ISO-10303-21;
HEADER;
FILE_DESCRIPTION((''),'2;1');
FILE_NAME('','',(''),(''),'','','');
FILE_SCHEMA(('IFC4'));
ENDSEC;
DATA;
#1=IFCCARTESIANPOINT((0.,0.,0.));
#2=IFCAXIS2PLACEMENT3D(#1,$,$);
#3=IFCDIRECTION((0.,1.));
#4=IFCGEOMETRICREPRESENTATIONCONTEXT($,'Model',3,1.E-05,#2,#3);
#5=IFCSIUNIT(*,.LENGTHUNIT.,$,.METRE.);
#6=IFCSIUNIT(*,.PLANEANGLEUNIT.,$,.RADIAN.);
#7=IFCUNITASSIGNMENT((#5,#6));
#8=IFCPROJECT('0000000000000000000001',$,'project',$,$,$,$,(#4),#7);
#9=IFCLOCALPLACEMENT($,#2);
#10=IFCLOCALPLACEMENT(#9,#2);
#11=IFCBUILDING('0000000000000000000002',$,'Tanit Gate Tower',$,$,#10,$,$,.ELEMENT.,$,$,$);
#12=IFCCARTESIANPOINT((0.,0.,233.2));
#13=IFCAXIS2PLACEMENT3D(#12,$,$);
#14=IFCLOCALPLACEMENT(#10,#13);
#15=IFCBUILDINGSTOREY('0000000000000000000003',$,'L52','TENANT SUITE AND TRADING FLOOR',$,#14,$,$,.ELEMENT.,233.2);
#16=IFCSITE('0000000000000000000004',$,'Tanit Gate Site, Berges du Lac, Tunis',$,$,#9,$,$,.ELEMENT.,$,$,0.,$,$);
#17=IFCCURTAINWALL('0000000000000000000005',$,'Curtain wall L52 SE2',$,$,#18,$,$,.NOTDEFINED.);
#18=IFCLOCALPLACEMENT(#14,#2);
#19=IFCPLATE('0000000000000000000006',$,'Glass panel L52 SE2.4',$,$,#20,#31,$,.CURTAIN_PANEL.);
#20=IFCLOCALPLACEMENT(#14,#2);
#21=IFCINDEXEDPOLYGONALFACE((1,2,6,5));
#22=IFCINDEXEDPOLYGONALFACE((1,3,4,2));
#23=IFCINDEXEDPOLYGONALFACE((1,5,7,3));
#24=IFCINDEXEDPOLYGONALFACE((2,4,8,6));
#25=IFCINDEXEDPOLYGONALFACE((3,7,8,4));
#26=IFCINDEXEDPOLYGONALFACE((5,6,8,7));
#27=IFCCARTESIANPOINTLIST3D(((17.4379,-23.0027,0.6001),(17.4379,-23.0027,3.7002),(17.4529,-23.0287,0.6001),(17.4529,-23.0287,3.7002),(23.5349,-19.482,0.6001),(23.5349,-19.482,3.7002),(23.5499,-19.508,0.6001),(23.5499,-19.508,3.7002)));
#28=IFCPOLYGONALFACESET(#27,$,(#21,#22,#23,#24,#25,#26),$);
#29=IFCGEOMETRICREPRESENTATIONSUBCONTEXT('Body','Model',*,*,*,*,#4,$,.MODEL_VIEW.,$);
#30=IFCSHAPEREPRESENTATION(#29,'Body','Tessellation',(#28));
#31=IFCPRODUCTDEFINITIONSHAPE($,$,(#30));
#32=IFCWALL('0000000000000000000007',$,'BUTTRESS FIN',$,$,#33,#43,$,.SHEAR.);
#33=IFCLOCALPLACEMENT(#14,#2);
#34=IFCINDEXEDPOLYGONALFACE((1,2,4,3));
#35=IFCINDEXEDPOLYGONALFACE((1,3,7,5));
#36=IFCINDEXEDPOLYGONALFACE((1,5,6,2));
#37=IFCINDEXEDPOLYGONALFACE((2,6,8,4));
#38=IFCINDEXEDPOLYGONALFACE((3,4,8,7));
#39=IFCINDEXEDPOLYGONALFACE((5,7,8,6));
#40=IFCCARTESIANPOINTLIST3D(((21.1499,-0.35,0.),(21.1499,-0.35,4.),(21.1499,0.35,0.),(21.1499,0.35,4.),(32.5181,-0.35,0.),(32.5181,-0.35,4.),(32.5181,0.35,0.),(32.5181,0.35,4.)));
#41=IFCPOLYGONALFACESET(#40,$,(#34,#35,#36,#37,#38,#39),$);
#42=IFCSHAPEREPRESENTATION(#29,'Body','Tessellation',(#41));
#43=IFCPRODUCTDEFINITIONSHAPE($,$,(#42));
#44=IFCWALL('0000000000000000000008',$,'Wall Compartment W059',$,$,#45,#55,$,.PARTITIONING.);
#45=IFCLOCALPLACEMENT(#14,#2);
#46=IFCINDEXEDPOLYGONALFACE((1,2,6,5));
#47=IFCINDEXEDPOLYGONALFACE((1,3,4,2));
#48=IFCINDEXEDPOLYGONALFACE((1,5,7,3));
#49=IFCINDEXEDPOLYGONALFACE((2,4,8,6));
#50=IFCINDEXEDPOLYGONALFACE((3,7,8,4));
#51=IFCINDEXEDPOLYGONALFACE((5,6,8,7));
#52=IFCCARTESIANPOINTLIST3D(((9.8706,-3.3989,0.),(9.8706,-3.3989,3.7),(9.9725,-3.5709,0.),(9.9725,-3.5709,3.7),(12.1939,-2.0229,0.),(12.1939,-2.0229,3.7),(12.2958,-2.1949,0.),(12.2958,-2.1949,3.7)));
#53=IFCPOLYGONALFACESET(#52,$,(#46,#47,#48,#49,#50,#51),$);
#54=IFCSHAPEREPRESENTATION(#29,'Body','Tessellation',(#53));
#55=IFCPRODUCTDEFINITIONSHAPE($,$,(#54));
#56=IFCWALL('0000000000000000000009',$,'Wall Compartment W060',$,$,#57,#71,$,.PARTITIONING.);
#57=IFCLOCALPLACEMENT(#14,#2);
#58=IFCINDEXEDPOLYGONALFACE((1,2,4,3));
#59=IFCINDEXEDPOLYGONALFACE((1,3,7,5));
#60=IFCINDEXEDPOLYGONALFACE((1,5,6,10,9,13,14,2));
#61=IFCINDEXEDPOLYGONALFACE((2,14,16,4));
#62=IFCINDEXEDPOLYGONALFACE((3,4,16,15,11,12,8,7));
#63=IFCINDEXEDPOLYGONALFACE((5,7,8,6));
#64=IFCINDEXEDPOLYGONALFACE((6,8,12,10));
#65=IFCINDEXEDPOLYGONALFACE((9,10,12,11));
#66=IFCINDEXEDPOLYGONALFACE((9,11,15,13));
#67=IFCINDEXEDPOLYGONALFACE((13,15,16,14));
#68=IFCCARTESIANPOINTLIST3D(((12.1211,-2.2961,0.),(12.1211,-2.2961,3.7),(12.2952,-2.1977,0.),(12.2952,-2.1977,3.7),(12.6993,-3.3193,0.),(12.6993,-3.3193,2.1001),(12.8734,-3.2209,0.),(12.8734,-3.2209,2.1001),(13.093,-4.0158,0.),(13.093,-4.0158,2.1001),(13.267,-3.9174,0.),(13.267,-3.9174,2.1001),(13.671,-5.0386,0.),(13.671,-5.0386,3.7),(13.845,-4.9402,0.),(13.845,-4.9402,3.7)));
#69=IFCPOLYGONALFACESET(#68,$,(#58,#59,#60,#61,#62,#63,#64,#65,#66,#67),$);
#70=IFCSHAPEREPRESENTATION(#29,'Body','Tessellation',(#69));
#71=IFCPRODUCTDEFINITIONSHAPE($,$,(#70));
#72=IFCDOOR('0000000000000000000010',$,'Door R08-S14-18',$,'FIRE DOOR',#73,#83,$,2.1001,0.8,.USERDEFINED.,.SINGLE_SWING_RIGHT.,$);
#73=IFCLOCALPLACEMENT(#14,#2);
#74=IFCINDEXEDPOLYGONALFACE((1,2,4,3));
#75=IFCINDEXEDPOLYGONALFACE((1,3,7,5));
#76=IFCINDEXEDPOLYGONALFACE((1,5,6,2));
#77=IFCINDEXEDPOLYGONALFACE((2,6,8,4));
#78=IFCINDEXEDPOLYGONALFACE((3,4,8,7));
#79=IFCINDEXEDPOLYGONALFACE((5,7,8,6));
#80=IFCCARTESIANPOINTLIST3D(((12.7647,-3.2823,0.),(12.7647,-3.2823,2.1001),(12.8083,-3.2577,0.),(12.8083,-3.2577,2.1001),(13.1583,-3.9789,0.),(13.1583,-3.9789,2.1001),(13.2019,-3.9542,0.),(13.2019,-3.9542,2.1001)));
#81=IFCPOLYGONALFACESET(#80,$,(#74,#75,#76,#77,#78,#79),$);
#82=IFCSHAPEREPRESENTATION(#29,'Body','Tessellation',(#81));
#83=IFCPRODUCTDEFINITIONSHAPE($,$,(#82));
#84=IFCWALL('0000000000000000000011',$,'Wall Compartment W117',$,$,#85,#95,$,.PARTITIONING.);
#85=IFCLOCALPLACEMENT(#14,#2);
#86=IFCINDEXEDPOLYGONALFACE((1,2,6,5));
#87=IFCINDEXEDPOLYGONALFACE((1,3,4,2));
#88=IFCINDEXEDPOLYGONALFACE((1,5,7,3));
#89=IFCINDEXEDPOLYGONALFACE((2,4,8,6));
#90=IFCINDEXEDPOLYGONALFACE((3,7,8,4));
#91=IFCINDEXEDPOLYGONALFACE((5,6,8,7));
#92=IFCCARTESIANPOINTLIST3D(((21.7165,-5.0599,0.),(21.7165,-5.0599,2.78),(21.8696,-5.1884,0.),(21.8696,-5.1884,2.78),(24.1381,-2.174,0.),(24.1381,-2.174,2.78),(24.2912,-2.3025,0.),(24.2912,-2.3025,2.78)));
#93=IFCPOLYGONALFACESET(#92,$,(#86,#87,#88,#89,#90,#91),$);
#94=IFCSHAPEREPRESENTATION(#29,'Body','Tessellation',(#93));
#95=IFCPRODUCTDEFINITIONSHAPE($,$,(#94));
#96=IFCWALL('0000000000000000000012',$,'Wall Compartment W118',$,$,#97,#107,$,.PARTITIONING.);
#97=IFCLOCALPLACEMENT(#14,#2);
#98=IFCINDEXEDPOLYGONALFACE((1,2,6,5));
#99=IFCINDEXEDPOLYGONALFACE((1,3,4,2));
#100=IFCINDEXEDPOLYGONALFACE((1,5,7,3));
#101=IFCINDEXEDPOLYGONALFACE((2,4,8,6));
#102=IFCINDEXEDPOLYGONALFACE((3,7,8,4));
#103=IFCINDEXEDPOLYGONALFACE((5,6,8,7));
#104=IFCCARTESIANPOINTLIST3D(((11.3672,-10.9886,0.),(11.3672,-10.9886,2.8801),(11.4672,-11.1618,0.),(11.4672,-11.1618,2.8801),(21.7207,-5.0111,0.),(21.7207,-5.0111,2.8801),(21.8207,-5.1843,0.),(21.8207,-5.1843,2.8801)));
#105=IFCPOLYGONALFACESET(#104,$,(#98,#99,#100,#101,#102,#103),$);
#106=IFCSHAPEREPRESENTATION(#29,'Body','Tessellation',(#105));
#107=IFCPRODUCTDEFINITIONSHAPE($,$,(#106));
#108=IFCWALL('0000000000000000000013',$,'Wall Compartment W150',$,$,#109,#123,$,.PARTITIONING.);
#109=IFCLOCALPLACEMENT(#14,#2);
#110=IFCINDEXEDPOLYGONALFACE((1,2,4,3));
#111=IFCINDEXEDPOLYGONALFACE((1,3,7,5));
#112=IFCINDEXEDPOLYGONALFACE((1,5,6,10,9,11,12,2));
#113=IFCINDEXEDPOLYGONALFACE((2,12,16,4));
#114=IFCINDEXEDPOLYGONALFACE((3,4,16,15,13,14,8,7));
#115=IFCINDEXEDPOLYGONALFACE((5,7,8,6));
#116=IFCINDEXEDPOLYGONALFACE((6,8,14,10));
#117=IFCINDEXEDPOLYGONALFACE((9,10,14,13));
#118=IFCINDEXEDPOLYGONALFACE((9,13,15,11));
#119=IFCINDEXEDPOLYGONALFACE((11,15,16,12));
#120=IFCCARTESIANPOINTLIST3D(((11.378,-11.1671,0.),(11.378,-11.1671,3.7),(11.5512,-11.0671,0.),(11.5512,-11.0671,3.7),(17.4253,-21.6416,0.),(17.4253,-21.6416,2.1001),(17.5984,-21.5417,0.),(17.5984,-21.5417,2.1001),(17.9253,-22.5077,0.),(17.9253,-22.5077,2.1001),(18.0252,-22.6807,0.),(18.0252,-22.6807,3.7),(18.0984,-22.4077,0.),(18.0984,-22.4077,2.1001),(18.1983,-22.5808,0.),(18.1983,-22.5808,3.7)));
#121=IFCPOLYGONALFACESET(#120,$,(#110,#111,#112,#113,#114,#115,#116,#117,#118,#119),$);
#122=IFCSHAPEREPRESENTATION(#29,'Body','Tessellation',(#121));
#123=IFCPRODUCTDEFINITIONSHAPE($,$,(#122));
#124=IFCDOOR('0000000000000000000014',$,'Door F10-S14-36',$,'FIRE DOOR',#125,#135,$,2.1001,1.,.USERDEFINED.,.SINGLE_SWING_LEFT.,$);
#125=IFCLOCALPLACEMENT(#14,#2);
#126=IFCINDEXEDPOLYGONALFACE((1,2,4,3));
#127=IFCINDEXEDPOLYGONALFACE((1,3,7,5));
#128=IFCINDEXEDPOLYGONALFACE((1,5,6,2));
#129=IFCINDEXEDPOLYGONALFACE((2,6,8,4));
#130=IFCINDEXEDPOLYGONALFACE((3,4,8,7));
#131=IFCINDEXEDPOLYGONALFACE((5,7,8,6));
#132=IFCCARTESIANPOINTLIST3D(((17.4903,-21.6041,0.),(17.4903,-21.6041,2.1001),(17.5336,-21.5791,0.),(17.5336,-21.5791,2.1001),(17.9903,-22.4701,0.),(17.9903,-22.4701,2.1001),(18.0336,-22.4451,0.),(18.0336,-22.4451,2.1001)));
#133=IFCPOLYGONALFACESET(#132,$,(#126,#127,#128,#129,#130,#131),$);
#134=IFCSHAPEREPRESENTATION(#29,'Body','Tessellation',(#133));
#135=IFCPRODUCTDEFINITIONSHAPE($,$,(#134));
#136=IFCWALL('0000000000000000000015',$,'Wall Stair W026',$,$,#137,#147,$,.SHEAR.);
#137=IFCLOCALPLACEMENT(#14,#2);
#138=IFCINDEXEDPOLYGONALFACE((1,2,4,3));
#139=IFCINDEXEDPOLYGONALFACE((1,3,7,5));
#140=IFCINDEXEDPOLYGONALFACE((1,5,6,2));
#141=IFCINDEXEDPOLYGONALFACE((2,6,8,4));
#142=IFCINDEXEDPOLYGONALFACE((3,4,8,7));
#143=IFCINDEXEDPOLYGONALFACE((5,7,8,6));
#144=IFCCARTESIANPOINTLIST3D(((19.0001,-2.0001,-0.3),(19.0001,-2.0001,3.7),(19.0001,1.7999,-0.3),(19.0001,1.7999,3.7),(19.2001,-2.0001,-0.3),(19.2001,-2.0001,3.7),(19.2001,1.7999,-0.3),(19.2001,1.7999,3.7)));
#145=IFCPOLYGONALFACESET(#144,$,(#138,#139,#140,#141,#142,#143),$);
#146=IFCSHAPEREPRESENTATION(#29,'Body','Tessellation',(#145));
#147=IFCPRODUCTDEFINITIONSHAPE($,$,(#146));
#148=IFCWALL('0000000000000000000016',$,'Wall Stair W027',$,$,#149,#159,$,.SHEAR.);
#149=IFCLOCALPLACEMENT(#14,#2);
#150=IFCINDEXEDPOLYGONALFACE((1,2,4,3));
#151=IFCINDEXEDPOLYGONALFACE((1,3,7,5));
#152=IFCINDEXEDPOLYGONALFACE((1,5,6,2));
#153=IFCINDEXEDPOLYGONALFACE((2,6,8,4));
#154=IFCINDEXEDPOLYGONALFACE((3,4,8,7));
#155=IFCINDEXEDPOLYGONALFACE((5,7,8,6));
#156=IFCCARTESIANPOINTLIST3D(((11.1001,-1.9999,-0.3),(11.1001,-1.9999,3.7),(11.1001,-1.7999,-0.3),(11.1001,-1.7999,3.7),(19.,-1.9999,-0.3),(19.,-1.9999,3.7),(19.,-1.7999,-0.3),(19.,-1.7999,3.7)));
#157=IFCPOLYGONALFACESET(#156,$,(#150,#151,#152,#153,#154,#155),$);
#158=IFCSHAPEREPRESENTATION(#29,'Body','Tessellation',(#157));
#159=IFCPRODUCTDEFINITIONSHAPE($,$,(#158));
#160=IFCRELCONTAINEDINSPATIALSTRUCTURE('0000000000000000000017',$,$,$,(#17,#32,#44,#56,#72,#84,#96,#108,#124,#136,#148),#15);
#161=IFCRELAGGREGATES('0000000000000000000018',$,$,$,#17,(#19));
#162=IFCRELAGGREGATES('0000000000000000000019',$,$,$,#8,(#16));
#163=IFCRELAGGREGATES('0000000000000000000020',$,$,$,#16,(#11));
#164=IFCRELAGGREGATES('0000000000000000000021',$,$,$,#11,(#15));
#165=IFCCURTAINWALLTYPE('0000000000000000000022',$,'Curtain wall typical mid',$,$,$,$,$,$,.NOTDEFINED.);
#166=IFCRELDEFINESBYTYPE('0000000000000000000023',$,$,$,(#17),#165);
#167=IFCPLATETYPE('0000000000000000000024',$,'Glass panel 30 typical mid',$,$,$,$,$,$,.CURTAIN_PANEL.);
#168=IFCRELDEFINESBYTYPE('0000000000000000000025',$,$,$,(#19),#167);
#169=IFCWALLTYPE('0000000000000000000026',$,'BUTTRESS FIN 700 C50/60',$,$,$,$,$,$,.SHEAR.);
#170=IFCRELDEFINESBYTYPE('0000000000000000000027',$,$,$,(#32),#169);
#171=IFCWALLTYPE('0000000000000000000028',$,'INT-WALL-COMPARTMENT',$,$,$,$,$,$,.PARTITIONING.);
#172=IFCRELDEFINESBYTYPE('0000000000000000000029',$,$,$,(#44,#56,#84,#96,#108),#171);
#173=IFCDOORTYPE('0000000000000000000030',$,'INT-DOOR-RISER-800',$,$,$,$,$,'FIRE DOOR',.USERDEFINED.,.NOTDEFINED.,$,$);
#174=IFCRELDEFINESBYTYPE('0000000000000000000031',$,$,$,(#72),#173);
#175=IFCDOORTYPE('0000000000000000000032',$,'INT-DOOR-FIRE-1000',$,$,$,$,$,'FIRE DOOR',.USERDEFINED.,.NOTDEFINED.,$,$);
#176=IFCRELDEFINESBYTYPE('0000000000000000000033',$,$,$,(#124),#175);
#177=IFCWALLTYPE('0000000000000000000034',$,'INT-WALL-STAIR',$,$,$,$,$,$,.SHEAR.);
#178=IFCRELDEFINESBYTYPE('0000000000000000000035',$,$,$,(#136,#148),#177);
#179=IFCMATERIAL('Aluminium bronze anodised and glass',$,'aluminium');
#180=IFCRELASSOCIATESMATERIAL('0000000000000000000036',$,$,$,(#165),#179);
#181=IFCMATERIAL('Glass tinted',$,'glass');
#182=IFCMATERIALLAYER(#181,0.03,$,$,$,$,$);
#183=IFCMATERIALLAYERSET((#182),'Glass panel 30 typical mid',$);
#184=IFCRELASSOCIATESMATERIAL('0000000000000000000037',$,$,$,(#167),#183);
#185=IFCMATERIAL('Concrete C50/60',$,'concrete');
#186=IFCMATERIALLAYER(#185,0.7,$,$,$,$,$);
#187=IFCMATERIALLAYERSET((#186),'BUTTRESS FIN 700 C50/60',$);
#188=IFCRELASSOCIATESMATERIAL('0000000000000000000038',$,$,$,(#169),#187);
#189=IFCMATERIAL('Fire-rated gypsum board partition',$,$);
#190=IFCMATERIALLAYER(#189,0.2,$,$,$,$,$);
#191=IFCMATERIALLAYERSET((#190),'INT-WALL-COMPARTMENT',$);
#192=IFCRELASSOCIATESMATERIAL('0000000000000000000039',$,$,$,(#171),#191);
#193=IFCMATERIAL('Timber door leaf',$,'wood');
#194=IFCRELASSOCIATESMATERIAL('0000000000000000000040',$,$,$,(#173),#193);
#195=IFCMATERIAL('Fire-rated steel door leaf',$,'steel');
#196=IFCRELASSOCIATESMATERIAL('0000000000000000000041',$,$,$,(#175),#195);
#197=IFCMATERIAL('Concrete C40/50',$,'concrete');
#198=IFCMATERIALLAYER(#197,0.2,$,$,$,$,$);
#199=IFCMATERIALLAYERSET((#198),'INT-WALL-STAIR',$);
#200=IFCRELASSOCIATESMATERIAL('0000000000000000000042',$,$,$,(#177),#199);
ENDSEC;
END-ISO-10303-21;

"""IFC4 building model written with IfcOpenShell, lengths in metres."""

from ifc_helpers import new_model, si_unit, direction, frame, frame_2d, origin, origin_2d, place, context, subcontext, project, spatial, rectangle, extrude, material, layer, layer_set, type_object, element, fill, aggregate, save


model = new_model("IFC4")

# Units and contexts
model_context = context("Model", 3, precision=1e-05, world=origin(), true_north=direction((0.0, 1.0)))
body_context = subcontext(model_context, "Body", "Model", "MODEL_VIEW")
ifc_project = project(units=[si_unit("LENGTHUNIT", "METRE"), si_unit("PLANEANGLEUNIT", "RADIAN")], contexts=[model_context])

# Site, building, storey
site_placement = place(None, origin())
site = spatial("IfcSite", under=ifc_project, at=site_placement, Name="Tanit Gate Site, Berges du Lac, Tunis", CompositionType="ELEMENT", RefElevation=0.0)
building_placement = place(site_placement, origin())
building = spatial("IfcBuilding", under=site, at=building_placement, Name="Tanit Gate Tower", CompositionType="ELEMENT")
storey_placement = place(building_placement, frame((0.0, 0.0, 233.2)))
storey = spatial("IfcBuildingStorey", under=building, at=storey_placement, Name="L52", Description="TENANT SUITE AND TRADING FLOOR", CompositionType="ELEMENT", Elevation=233.2)

# Curtain wall
ifc_material_1 = material(Name="Aluminium bronze anodised and glass", Category="aluminium")
curtain_wall_type = type_object("IfcCurtainWallType", Name="Curtain wall typical mid", PredefinedType="NOTDEFINED", material=ifc_material_1)
curtain_wall_placement = place(storey_placement, origin())
curtain_wall = element("IfcCurtainWall", 1, at=curtain_wall_placement, inside=storey, type_object=curtain_wall_type, Name="Curtain wall L52 SE2", PredefinedType="NOTDEFINED")

# Plate
ifc_material_2 = material(Name="Glass tinted", Category="glass")
ifc_layer_1 = layer(ifc_material_2, 0.03)
ifc_layer_set_1 = layer_set([ifc_layer_1], Name="Glass panel 30 typical mid")
plate_type = type_object("IfcPlateType", Name="Glass panel 30 typical mid", PredefinedType="CURTAIN_PANEL", material=ifc_layer_set_1)
plate_1_placement = place(storey_placement, frame((20.4939, -21.2554, 0.6001), z_axis=(0.0, 0.0, 1.0), x_axis=(0.865991, 0.50006, 0.0)))
plate_1 = element("IfcPlate", 2, at=plate_1_placement, type_object=plate_type, Name="Glass panel L52 SE2.4", PredefinedType="CURTAIN_PANEL", context=body_context, shape_type="SweptSolid", body=[
    extrude(rectangle(XDim=7.0405, YDim=0.03, at=origin_2d()), origin(), (0.0, 0.0, 1.0), 3.1001),
])
aggregate(curtain_wall, [plate_1])

# Walls
ifc_material_3 = material(Name="Concrete C50/60", Category="concrete")
ifc_layer_2 = layer(ifc_material_3, 0.7)
ifc_layer_set_2 = layer_set([ifc_layer_2], Name="BUTTRESS FIN 700 C50/60")
wall_type_1 = type_object("IfcWallType", Name="BUTTRESS FIN 700 C50/60", PredefinedType="SHEAR", material=ifc_layer_set_2)
wall_1_placement = place(storey_placement, frame((21.1499, 0.0, 0.0), z_axis=(0.0, 0.0, 1.0), x_axis=(1.0, 0.0, 0.0)))
element("IfcWall", 3, at=wall_1_placement, inside=storey, type_object=wall_type_1, Name="BUTTRESS FIN", PredefinedType="SHEAR", context=body_context, shape_type="SweptSolid", body=[
    extrude(rectangle(XDim=11.3682, YDim=0.7, at=frame_2d((5.6841, 0.0))), origin(), (0.0, 0.0, 1.0), 4.0),
])
ifc_material_4 = material(Name="Fire-rated gypsum board partition")
ifc_layer_3 = layer(ifc_material_4, 0.2)
ifc_layer_set_3 = layer_set([ifc_layer_3], Name="INT-WALL-COMPARTMENT")
wall_type_2 = type_object("IfcWallType", Name="INT-WALL-COMPARTMENT", PredefinedType="PARTITIONING", material=ifc_layer_set_3)
wall_2_placement = place(storey_placement, frame((12.2449, -2.1089, 0.0), z_axis=(0.0, 0.0, 1.0), x_axis=(-0.860415, -0.509594, 0.0)))
element("IfcWall", 4, at=wall_2_placement, inside=storey, type_object=wall_type_2, Name="Wall Compartment W059", PredefinedType="PARTITIONING", context=body_context, shape_type="SweptSolid", body=[
    extrude(rectangle(XDim=2.7002, YDim=0.2, at=frame_2d((1.3501, 0.0))), origin(), (0.0, 0.0, 1.0), 3.7),
])

# Wall, opening, door
wall_3_placement = place(storey_placement, frame((13.7581, -4.9895, 0.0), z_axis=(0.0, 0.0, 1.0), x_axis=(-0.491993, 0.870599, 0.0)))
wall_3 = element("IfcWall", 5, at=wall_3_placement, inside=storey, type_object=wall_type_2, Name="Wall Compartment W060", PredefinedType="PARTITIONING", context=body_context, shape_type="SweptSolid", body=[
    extrude(rectangle(XDim=3.1501, YDim=0.2, at=frame_2d((1.5752, 0.0))), origin(), (0.0, 0.0, 1.0), 3.7),
])
opening_1_placement = place(wall_3_placement, frame((1.175, 0.0, 0.0)))
opening_1 = element("IfcOpeningElement", 6, at=opening_1_placement, cuts=wall_3, PredefinedType="OPENING", context=body_context, shape_type="SweptSolid", body=[
    extrude(rectangle(XDim=0.8, YDim=2.1001, at=frame_2d((0.3999, 1.05))), frame((0.0, 0.1099, 0.0), z_axis=(0.0, -1.0, 0.0), x_axis=(1.0, 0.0, 0.0)), (0.0, 0.0, 1.0), 0.22),
])
ifc_material_5 = material(Name="Timber door leaf", Category="wood")
door_type_1 = type_object("IfcDoorType", Name="INT-DOOR-RISER-800", ElementType="FIRE DOOR", OperationType="NOTDEFINED", PredefinedType="USERDEFINED", material=ifc_material_5)
door_1_placement = place(opening_1_placement, origin())
door_1 = element("IfcDoor", 7, at=door_1_placement, inside=storey, type_object=door_type_1, Name="Door R08-S14-18", ObjectType="FIRE DOOR", OperationType="SINGLE_SWING_RIGHT", OverallHeight=2.1001, OverallWidth=0.8, PredefinedType="USERDEFINED", context=body_context, shape_type="SweptSolid", body=[
    extrude(rectangle(XDim=0.8, YDim=2.1001, at=frame_2d((0.3999, 1.05))), frame((0.0, 0.0249, 0.0), z_axis=(0.0, -1.0, 0.0), x_axis=(1.0, 0.0, 0.0)), (0.0, 0.0, 1.0), 0.05),
])
fill(opening_1, door_1)

# Walls
wall_4_placement = place(storey_placement, frame((21.793, -5.1243, 0.0), z_axis=(0.0, 0.0, 1.0), x_axis=(0.642788, 0.766044, 0.0)))
element("IfcWall", 8, at=wall_4_placement, inside=storey, type_object=wall_type_2, Name="Wall Compartment W117", PredefinedType="PARTITIONING", context=body_context, shape_type="SweptSolid", body=[
    extrude(rectangle(XDim=3.7673, YDim=0.2, at=frame_2d((1.8838, 0.0))), origin(), (0.0, 0.0, 1.0), 2.78),
])
wall_5_placement = place(storey_placement, frame((11.4172, -11.0752, 0.0), z_axis=(0.0, 0.0, 1.0), x_axis=(0.866028, 0.499996, 0.0)))
element("IfcWall", 9, at=wall_5_placement, inside=storey, type_object=wall_type_2, Name="Wall Compartment W118", PredefinedType="PARTITIONING", context=body_context, shape_type="SweptSolid", body=[
    extrude(rectangle(XDim=11.9551, YDim=0.2, at=frame_2d((5.9775, 0.0))), origin(), (0.0, 0.0, 1.0), 2.8801),
])

# Wall, opening, door
wall_6_placement = place(storey_placement, frame((18.1118, -22.6309, 0.0), z_axis=(0.0, 0.0, 1.0), x_axis=(-0.499988, 0.866032, 0.0)))
wall_6 = element("IfcWall", 10, at=wall_6_placement, inside=storey, type_object=wall_type_2, Name="Wall Compartment W150", PredefinedType="PARTITIONING", context=body_context, shape_type="SweptSolid", body=[
    extrude(rectangle(XDim=13.2947, YDim=0.2, at=frame_2d((6.6475, 0.0))), origin(), (0.0, 0.0, 1.0), 3.7),
])
opening_2_placement = place(wall_6_placement, frame((0.2, 0.0, 0.0)))
opening_2 = element("IfcOpeningElement", 11, at=opening_2_placement, cuts=wall_6, PredefinedType="OPENING", context=body_context, shape_type="SweptSolid", body=[
    extrude(rectangle(XDim=1.0, YDim=2.1001, at=frame_2d((0.5, 1.05))), frame((0.0, 0.1099, 0.0), z_axis=(0.0, -1.0, 0.0), x_axis=(1.0, 0.0, 0.0)), (0.0, 0.0, 1.0), 0.22),
])
ifc_material_6 = material(Name="Fire-rated steel door leaf", Category="steel")
door_type_2 = type_object("IfcDoorType", Name="INT-DOOR-FIRE-1000", ElementType="FIRE DOOR", OperationType="NOTDEFINED", PredefinedType="USERDEFINED", material=ifc_material_6)
door_2_placement = place(opening_2_placement, origin())
door_2 = element("IfcDoor", 12, at=door_2_placement, inside=storey, type_object=door_type_2, Name="Door F10-S14-36", ObjectType="FIRE DOOR", OperationType="SINGLE_SWING_LEFT", OverallHeight=2.1001, OverallWidth=1.0, PredefinedType="USERDEFINED", context=body_context, shape_type="SweptSolid", body=[
    extrude(rectangle(XDim=1.0, YDim=2.1001, at=frame_2d((0.5, 1.05))), frame((0.0, 0.0249, 0.0), z_axis=(0.0, -1.0, 0.0), x_axis=(1.0, 0.0, 0.0)), (0.0, 0.0, 1.0), 0.05),
])
fill(opening_2, door_2)

# Walls
ifc_material_7 = material(Name="Concrete C40/50", Category="concrete")
ifc_layer_4 = layer(ifc_material_7, 0.2)
ifc_layer_set_4 = layer_set([ifc_layer_4], Name="INT-WALL-STAIR")
wall_type_3 = type_object("IfcWallType", Name="INT-WALL-STAIR", PredefinedType="SHEAR", material=ifc_layer_set_4)
wall_7_placement = place(storey_placement, frame((19.1001, -2.0, -0.3), z_axis=(0.0, 0.0, 1.0), x_axis=(0.0, 1.0, 0.0)))
element("IfcWall", 13, at=wall_7_placement, inside=storey, type_object=wall_type_3, Name="Wall Stair W026", PredefinedType="SHEAR", context=body_context, shape_type="SweptSolid", body=[
    extrude(rectangle(XDim=3.8, YDim=0.2, at=frame_2d((1.8999, 0.0))), origin(), (0.0, 0.0, 1.0), 4.0),
])
wall_8_placement = place(storey_placement, frame((11.1001, -1.8999, -0.3), z_axis=(0.0, 0.0, 1.0), x_axis=(1.0, 0.0, 0.0)))
element("IfcWall", 14, at=wall_8_placement, inside=storey, type_object=wall_type_3, Name="Wall Stair W027", PredefinedType="SHEAR", context=body_context, shape_type="SweptSolid", body=[
    extrude(rectangle(XDim=7.8999, YDim=0.2, at=frame_2d((3.95, 0.0))), origin(), (0.0, 0.0, 1.0), 4.0),
])

save(model, "model.ifc")
